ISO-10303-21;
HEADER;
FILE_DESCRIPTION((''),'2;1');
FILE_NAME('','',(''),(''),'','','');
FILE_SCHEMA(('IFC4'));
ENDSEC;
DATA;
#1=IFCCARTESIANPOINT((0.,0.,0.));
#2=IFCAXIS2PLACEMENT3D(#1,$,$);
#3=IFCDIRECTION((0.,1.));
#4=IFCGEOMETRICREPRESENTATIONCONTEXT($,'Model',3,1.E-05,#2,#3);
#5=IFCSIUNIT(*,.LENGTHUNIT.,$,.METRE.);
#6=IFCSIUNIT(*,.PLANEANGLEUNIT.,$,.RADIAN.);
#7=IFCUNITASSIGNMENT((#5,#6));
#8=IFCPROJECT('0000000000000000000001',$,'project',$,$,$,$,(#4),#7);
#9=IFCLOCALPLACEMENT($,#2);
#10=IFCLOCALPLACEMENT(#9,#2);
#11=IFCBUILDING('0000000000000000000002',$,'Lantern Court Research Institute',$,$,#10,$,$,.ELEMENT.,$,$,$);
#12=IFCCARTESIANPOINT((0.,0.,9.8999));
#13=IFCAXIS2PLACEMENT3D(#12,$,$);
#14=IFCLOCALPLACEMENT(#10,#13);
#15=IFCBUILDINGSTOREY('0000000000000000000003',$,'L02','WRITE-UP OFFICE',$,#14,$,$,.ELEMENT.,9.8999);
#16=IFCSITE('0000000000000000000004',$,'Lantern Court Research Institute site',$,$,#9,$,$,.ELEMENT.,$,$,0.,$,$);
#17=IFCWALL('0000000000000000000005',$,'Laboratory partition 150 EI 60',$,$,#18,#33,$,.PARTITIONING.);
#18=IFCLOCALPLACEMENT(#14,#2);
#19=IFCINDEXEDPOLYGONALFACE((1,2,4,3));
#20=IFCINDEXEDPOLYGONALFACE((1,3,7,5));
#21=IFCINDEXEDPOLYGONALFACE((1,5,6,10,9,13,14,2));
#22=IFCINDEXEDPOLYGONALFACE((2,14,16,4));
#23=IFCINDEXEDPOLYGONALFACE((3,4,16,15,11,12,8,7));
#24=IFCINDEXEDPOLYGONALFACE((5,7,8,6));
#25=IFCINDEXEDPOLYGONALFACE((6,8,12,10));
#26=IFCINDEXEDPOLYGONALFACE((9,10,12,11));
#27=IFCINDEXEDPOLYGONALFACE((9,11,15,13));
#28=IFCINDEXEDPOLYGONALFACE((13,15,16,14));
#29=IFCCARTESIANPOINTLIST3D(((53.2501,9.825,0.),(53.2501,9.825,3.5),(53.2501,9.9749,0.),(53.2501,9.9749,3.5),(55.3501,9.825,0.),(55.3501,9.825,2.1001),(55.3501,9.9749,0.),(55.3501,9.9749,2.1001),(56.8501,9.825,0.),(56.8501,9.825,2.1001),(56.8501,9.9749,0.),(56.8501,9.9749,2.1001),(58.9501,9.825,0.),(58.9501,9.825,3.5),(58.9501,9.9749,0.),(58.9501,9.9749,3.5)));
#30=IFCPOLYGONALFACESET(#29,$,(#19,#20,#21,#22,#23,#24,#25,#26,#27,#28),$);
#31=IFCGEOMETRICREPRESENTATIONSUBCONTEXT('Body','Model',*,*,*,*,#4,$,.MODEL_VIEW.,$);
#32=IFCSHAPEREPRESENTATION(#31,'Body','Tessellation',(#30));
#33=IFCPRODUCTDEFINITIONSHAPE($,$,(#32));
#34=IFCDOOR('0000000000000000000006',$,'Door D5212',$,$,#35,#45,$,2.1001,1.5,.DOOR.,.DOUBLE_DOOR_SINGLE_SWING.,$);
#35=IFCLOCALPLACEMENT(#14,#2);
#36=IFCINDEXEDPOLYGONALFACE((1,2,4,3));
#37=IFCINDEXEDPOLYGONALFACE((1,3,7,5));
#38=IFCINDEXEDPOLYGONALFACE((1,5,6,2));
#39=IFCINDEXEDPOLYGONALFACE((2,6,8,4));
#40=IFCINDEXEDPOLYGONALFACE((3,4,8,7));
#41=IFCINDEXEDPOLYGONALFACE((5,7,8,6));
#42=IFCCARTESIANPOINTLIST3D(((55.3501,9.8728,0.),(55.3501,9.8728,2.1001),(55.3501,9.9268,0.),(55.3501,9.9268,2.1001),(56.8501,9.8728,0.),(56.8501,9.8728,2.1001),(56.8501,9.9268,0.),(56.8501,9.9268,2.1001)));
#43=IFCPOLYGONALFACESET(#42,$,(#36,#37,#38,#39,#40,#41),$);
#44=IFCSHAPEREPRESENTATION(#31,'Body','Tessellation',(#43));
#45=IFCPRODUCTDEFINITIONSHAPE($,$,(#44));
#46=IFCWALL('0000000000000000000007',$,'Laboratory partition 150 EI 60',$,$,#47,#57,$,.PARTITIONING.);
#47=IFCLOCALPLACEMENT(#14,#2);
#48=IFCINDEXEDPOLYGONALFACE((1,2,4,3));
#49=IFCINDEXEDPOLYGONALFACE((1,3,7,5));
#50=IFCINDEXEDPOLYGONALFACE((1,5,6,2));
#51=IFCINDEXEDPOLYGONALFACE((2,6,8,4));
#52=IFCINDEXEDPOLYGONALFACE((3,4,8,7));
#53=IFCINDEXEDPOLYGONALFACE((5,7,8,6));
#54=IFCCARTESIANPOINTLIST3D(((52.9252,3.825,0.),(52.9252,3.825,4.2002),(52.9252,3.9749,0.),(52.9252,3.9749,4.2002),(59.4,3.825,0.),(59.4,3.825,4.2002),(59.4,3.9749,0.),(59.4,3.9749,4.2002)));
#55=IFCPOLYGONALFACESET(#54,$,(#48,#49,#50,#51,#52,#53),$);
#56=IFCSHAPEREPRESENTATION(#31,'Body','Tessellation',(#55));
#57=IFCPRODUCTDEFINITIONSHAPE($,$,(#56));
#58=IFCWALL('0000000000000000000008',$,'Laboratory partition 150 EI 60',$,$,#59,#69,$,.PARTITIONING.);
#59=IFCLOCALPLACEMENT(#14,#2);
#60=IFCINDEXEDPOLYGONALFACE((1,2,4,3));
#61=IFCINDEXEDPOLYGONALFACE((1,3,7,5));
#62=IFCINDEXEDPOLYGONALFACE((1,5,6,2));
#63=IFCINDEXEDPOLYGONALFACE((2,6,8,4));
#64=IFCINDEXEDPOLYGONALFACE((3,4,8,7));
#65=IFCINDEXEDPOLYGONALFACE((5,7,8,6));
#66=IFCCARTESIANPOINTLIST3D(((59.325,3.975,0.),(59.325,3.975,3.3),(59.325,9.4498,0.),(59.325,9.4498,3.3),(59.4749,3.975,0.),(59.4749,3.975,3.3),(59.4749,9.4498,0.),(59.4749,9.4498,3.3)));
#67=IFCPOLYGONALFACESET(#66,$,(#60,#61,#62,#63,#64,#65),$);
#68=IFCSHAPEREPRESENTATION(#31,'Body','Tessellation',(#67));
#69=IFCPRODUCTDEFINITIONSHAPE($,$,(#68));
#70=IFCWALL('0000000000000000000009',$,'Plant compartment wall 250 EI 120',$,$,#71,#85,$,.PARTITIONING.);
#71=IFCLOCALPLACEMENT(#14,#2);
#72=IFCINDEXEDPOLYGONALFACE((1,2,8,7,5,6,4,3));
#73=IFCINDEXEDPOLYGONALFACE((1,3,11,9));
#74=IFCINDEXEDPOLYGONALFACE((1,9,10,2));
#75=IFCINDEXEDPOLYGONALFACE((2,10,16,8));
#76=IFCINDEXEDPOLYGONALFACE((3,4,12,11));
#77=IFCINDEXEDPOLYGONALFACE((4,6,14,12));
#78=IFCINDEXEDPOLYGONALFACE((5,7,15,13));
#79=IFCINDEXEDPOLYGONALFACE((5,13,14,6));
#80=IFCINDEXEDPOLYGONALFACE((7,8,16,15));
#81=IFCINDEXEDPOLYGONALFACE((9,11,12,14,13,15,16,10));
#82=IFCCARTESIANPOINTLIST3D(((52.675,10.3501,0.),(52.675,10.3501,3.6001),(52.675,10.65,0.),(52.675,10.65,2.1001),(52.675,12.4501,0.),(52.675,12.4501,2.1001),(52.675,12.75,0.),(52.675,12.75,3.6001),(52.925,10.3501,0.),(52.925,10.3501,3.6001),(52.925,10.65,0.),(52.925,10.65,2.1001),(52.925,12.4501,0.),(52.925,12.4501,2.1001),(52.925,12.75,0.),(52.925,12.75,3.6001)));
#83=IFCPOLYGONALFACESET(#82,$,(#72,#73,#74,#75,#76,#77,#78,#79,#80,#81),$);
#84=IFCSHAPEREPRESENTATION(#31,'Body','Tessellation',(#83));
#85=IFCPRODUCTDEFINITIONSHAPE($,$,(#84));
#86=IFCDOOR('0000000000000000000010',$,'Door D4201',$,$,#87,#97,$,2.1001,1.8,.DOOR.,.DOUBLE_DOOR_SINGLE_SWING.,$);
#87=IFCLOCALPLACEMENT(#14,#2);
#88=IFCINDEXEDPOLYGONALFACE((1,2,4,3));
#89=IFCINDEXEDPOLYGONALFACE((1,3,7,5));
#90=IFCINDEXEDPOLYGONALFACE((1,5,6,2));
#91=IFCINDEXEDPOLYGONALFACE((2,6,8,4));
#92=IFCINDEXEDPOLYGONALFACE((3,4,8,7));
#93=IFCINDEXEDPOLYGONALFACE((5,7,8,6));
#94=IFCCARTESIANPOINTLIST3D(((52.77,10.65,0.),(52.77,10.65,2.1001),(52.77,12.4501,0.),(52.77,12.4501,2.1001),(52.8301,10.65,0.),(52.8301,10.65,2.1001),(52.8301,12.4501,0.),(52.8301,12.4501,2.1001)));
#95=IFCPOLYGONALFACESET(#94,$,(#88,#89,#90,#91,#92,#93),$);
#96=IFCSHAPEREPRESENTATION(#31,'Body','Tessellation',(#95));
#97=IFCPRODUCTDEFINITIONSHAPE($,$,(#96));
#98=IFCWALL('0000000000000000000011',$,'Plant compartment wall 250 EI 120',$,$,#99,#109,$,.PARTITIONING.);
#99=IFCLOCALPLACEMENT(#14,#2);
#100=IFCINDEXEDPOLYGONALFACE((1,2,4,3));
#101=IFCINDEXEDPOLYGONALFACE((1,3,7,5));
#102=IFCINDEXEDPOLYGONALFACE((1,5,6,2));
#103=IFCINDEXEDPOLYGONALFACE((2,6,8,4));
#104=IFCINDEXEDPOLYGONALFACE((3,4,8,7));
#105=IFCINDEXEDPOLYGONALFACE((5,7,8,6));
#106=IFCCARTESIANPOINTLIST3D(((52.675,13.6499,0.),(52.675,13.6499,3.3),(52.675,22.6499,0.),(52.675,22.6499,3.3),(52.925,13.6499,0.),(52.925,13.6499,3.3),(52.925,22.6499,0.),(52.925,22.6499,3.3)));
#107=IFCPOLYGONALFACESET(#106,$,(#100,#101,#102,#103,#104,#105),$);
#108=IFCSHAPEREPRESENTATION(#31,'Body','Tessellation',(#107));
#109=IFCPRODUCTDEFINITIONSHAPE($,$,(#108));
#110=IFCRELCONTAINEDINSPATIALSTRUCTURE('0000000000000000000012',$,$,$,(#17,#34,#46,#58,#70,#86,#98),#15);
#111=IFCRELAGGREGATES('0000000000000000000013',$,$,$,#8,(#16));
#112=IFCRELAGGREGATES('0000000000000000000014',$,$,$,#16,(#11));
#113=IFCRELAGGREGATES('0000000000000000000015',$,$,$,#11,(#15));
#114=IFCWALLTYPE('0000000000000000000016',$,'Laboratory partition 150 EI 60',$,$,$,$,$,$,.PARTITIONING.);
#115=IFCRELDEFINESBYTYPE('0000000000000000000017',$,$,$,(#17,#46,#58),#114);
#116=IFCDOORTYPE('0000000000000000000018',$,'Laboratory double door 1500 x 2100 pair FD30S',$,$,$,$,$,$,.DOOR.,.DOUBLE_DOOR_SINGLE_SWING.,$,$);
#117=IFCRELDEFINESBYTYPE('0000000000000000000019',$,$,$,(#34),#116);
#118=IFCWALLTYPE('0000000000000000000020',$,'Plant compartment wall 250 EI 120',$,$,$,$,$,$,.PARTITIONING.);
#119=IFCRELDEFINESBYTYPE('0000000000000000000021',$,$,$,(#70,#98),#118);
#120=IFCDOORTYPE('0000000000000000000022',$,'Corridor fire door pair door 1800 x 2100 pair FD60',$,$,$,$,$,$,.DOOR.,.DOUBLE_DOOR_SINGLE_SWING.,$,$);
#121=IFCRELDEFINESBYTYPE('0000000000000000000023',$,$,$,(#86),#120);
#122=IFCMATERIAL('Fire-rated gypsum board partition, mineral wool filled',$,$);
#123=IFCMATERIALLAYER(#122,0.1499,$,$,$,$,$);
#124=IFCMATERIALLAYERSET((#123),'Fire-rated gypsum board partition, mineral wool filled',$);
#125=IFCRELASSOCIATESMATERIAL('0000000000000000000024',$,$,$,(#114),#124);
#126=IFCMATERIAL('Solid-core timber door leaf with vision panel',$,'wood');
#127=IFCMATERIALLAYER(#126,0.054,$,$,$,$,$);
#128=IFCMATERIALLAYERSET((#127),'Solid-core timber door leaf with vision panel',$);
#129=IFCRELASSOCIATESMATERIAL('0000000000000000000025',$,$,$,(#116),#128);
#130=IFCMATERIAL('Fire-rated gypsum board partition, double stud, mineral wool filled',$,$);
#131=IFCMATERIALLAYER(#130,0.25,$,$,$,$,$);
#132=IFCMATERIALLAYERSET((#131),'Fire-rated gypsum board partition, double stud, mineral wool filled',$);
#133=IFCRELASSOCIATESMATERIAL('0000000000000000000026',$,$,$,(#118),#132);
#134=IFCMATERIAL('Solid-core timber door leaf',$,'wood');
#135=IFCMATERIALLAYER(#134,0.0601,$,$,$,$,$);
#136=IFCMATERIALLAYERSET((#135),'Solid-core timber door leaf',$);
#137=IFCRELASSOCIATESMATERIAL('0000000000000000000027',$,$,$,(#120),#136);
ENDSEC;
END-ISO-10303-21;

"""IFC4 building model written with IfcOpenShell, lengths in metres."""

from ifc_helpers import new_model, si_unit, direction, frame, frame_2d, origin, place, context, subcontext, project, spatial, rectangle, extrude, material, layer, layer_set, type_object, element, fill, save


model = new_model("IFC4")

# Units and contexts
model_context = context("Model", 3, precision=1e-05, world=origin(), true_north=direction((0.0, 1.0)))
body_context = subcontext(model_context, "Body", "Model", "MODEL_VIEW")
ifc_project = project(units=[si_unit("LENGTHUNIT", "METRE"), si_unit("PLANEANGLEUNIT", "RADIAN")], contexts=[model_context])

# Site, building, storey
site_placement = place(None, origin())
site = spatial("IfcSite", under=ifc_project, at=site_placement, Name="Lantern Court Research Institute site", CompositionType="ELEMENT", RefElevation=0.0)
building_placement = place(site_placement, origin())
building = spatial("IfcBuilding", under=site, at=building_placement, Name="Lantern Court Research Institute", CompositionType="ELEMENT")
storey_placement = place(building_placement, frame((0.0, 0.0, 9.8999)))
storey = spatial("IfcBuildingStorey", under=building, at=storey_placement, Name="L02", Description="WRITE-UP OFFICE", CompositionType="ELEMENT", Elevation=9.8999)

# Wall, opening, door
ifc_material_1 = material(Name="Fire-rated gypsum board partition, mineral wool filled")
ifc_layer_1 = layer(ifc_material_1, 0.1499)
ifc_layer_set_1 = layer_set([ifc_layer_1], Name="Fire-rated gypsum board partition, mineral wool filled")
wall_type_1 = type_object("IfcWallType", Name="Laboratory partition 150 EI 60", PredefinedType="PARTITIONING", material=ifc_layer_set_1)
wall_1_placement = place(storey_placement, frame((53.25, 9.8999, 0.0), z_axis=(0.0, 0.0, 1.0), x_axis=(1.0, 0.0, 0.0)))
wall_1 = element("IfcWall", 1, at=wall_1_placement, inside=storey, type_object=wall_type_1, Name="Laboratory partition 150 EI 60", PredefinedType="PARTITIONING", context=body_context, shape_type="SweptSolid", body=[
    extrude(rectangle(XDim=5.7, YDim=0.1499, at=frame_2d((2.8501, 0.0))), origin(), (0.0, 0.0, 1.0), 3.5),
])
opening_1_placement = place(wall_1_placement, frame((2.1001, 0.0, 0.0)))
opening_1 = element("IfcOpeningElement", 2, at=opening_1_placement, cuts=wall_1, PredefinedType="OPENING", context=body_context, shape_type="SweptSolid", body=[
    extrude(rectangle(XDim=1.5, YDim=2.1001, at=frame_2d((0.75, 1.05))), frame((0.0, 0.085, 0.0), z_axis=(0.0, -1.0, 0.0), x_axis=(1.0, 0.0, 0.0)), (0.0, 0.0, 1.0), 0.1699),
])
ifc_material_2 = material(Name="Solid-core timber door leaf with vision panel", Category="wood")
ifc_layer_2 = layer(ifc_material_2, 0.054)
ifc_layer_set_2 = layer_set([ifc_layer_2], Name="Solid-core timber door leaf with vision panel")
door_type_1 = type_object("IfcDoorType", Name="Laboratory double door 1500 x 2100 pair FD30S", OperationType="DOUBLE_DOOR_SINGLE_SWING", PredefinedType="DOOR", material=ifc_layer_set_2)
door_1_placement = place(opening_1_placement, origin())
door_1 = element("IfcDoor", 3, at=door_1_placement, inside=storey, type_object=door_type_1, Name="Door D5212", OperationType="DOUBLE_DOOR_SINGLE_SWING", OverallHeight=2.1001, OverallWidth=1.5, PredefinedType="DOOR", context=body_context, shape_type="SweptSolid", body=[
    extrude(rectangle(XDim=1.5, YDim=2.1001, at=frame_2d((0.75, 1.05))), frame((0.0, 0.0269, 0.0), z_axis=(0.0, -1.0, 0.0), x_axis=(1.0, 0.0, 0.0)), (0.0, 0.0, 1.0), 0.054),
])
fill(opening_1, door_1)

# Walls
wall_2_placement = place(storey_placement, frame((59.3999, 3.8999, 0.0), z_axis=(0.0, 0.0, 1.0), x_axis=(-1.0, 0.0, 0.0)))
element("IfcWall", 4, at=wall_2_placement, inside=storey, type_object=wall_type_1, Name="Laboratory partition 150 EI 60", PredefinedType="PARTITIONING", context=body_context, shape_type="SweptSolid", body=[
    extrude(rectangle(XDim=6.4749, YDim=0.1499, at=frame_2d((3.2373, 0.0))), origin(), (0.0, 0.0, 1.0), 4.2002),
])
wall_3_placement = place(storey_placement, frame((59.3999, 3.9751, 0.0), z_axis=(0.0, 0.0, 1.0), x_axis=(0.0, 1.0, 0.0)))
element("IfcWall", 5, at=wall_3_placement, inside=storey, type_object=wall_type_1, Name="Laboratory partition 150 EI 60", PredefinedType="PARTITIONING", context=body_context, shape_type="SweptSolid", body=[
    extrude(rectangle(XDim=5.4749, YDim=0.1499, at=frame_2d((2.7373, 0.0))), origin(), (0.0, 0.0, 1.0), 3.3),
])

# Wall, opening, door
ifc_material_3 = material(Name="Fire-rated gypsum board partition, double stud, mineral wool filled")
ifc_layer_3 = layer(ifc_material_3, 0.25)
ifc_layer_set_3 = layer_set([ifc_layer_3], Name="Fire-rated gypsum board partition, double stud, mineral wool filled")
wall_type_2 = type_object("IfcWallType", Name="Plant compartment wall 250 EI 120", PredefinedType="PARTITIONING", material=ifc_layer_set_3)
wall_4_placement = place(storey_placement, frame((52.8, 10.3501, 0.0), z_axis=(0.0, 0.0, 1.0), x_axis=(0.0, 1.0, 0.0)))
wall_4 = element("IfcWall", 6, at=wall_4_placement, inside=storey, type_object=wall_type_2, Name="Plant compartment wall 250 EI 120", PredefinedType="PARTITIONING", context=body_context, shape_type="SweptSolid", body=[
    extrude(rectangle(XDim=2.3999, YDim=0.25, at=frame_2d((1.2, 0.0))), origin(), (0.0, 0.0, 1.0), 3.6001),
])
opening_2_placement = place(wall_4_placement, frame((0.3, 0.0, 0.0)))
opening_2 = element("IfcOpeningElement", 7, at=opening_2_placement, cuts=wall_4, PredefinedType="OPENING", context=body_context, shape_type="SweptSolid", body=[
    extrude(rectangle(XDim=1.8, YDim=2.1001, at=frame_2d((0.8999, 1.05))), frame((0.0, 0.135, 0.0), z_axis=(0.0, -1.0, 0.0), x_axis=(1.0, 0.0, 0.0)), (0.0, 0.0, 1.0), 0.27),
])
ifc_material_4 = material(Name="Solid-core timber door leaf", Category="wood")
ifc_layer_4 = layer(ifc_material_4, 0.0601)
ifc_layer_set_4 = layer_set([ifc_layer_4], Name="Solid-core timber door leaf")
door_type_2 = type_object("IfcDoorType", Name="Corridor fire door pair door 1800 x 2100 pair FD60", OperationType="DOUBLE_DOOR_SINGLE_SWING", PredefinedType="DOOR", material=ifc_layer_set_4)
door_2_placement = place(opening_2_placement, origin())
door_2 = element("IfcDoor", 8, at=door_2_placement, inside=storey, type_object=door_type_2, Name="Door D4201", OperationType="DOUBLE_DOOR_SINGLE_SWING", OverallHeight=2.1001, OverallWidth=1.8, PredefinedType="DOOR", context=body_context, shape_type="SweptSolid", body=[
    extrude(rectangle(XDim=1.8, YDim=2.1001, at=frame_2d((0.8999, 1.05))), frame((0.0, 0.03, 0.0), z_axis=(0.0, -1.0, 0.0), x_axis=(1.0, 0.0, 0.0)), (0.0, 0.0, 1.0), 0.0601),
])
fill(opening_2, door_2)

# Wall
wall_5_placement = place(storey_placement, frame((52.8, 13.6499, 0.0), z_axis=(0.0, 0.0, 1.0), x_axis=(0.0, 1.0, 0.0)))
element("IfcWall", 9, at=wall_5_placement, inside=storey, type_object=wall_type_2, Name="Plant compartment wall 250 EI 120", PredefinedType="PARTITIONING", context=body_context, shape_type="SweptSolid", body=[
    extrude(rectangle(XDim=9.0, YDim=0.25, at=frame_2d((4.5, 0.0))), origin(), (0.0, 0.0, 1.0), 3.3),
])

save(model, "model.ifc")
